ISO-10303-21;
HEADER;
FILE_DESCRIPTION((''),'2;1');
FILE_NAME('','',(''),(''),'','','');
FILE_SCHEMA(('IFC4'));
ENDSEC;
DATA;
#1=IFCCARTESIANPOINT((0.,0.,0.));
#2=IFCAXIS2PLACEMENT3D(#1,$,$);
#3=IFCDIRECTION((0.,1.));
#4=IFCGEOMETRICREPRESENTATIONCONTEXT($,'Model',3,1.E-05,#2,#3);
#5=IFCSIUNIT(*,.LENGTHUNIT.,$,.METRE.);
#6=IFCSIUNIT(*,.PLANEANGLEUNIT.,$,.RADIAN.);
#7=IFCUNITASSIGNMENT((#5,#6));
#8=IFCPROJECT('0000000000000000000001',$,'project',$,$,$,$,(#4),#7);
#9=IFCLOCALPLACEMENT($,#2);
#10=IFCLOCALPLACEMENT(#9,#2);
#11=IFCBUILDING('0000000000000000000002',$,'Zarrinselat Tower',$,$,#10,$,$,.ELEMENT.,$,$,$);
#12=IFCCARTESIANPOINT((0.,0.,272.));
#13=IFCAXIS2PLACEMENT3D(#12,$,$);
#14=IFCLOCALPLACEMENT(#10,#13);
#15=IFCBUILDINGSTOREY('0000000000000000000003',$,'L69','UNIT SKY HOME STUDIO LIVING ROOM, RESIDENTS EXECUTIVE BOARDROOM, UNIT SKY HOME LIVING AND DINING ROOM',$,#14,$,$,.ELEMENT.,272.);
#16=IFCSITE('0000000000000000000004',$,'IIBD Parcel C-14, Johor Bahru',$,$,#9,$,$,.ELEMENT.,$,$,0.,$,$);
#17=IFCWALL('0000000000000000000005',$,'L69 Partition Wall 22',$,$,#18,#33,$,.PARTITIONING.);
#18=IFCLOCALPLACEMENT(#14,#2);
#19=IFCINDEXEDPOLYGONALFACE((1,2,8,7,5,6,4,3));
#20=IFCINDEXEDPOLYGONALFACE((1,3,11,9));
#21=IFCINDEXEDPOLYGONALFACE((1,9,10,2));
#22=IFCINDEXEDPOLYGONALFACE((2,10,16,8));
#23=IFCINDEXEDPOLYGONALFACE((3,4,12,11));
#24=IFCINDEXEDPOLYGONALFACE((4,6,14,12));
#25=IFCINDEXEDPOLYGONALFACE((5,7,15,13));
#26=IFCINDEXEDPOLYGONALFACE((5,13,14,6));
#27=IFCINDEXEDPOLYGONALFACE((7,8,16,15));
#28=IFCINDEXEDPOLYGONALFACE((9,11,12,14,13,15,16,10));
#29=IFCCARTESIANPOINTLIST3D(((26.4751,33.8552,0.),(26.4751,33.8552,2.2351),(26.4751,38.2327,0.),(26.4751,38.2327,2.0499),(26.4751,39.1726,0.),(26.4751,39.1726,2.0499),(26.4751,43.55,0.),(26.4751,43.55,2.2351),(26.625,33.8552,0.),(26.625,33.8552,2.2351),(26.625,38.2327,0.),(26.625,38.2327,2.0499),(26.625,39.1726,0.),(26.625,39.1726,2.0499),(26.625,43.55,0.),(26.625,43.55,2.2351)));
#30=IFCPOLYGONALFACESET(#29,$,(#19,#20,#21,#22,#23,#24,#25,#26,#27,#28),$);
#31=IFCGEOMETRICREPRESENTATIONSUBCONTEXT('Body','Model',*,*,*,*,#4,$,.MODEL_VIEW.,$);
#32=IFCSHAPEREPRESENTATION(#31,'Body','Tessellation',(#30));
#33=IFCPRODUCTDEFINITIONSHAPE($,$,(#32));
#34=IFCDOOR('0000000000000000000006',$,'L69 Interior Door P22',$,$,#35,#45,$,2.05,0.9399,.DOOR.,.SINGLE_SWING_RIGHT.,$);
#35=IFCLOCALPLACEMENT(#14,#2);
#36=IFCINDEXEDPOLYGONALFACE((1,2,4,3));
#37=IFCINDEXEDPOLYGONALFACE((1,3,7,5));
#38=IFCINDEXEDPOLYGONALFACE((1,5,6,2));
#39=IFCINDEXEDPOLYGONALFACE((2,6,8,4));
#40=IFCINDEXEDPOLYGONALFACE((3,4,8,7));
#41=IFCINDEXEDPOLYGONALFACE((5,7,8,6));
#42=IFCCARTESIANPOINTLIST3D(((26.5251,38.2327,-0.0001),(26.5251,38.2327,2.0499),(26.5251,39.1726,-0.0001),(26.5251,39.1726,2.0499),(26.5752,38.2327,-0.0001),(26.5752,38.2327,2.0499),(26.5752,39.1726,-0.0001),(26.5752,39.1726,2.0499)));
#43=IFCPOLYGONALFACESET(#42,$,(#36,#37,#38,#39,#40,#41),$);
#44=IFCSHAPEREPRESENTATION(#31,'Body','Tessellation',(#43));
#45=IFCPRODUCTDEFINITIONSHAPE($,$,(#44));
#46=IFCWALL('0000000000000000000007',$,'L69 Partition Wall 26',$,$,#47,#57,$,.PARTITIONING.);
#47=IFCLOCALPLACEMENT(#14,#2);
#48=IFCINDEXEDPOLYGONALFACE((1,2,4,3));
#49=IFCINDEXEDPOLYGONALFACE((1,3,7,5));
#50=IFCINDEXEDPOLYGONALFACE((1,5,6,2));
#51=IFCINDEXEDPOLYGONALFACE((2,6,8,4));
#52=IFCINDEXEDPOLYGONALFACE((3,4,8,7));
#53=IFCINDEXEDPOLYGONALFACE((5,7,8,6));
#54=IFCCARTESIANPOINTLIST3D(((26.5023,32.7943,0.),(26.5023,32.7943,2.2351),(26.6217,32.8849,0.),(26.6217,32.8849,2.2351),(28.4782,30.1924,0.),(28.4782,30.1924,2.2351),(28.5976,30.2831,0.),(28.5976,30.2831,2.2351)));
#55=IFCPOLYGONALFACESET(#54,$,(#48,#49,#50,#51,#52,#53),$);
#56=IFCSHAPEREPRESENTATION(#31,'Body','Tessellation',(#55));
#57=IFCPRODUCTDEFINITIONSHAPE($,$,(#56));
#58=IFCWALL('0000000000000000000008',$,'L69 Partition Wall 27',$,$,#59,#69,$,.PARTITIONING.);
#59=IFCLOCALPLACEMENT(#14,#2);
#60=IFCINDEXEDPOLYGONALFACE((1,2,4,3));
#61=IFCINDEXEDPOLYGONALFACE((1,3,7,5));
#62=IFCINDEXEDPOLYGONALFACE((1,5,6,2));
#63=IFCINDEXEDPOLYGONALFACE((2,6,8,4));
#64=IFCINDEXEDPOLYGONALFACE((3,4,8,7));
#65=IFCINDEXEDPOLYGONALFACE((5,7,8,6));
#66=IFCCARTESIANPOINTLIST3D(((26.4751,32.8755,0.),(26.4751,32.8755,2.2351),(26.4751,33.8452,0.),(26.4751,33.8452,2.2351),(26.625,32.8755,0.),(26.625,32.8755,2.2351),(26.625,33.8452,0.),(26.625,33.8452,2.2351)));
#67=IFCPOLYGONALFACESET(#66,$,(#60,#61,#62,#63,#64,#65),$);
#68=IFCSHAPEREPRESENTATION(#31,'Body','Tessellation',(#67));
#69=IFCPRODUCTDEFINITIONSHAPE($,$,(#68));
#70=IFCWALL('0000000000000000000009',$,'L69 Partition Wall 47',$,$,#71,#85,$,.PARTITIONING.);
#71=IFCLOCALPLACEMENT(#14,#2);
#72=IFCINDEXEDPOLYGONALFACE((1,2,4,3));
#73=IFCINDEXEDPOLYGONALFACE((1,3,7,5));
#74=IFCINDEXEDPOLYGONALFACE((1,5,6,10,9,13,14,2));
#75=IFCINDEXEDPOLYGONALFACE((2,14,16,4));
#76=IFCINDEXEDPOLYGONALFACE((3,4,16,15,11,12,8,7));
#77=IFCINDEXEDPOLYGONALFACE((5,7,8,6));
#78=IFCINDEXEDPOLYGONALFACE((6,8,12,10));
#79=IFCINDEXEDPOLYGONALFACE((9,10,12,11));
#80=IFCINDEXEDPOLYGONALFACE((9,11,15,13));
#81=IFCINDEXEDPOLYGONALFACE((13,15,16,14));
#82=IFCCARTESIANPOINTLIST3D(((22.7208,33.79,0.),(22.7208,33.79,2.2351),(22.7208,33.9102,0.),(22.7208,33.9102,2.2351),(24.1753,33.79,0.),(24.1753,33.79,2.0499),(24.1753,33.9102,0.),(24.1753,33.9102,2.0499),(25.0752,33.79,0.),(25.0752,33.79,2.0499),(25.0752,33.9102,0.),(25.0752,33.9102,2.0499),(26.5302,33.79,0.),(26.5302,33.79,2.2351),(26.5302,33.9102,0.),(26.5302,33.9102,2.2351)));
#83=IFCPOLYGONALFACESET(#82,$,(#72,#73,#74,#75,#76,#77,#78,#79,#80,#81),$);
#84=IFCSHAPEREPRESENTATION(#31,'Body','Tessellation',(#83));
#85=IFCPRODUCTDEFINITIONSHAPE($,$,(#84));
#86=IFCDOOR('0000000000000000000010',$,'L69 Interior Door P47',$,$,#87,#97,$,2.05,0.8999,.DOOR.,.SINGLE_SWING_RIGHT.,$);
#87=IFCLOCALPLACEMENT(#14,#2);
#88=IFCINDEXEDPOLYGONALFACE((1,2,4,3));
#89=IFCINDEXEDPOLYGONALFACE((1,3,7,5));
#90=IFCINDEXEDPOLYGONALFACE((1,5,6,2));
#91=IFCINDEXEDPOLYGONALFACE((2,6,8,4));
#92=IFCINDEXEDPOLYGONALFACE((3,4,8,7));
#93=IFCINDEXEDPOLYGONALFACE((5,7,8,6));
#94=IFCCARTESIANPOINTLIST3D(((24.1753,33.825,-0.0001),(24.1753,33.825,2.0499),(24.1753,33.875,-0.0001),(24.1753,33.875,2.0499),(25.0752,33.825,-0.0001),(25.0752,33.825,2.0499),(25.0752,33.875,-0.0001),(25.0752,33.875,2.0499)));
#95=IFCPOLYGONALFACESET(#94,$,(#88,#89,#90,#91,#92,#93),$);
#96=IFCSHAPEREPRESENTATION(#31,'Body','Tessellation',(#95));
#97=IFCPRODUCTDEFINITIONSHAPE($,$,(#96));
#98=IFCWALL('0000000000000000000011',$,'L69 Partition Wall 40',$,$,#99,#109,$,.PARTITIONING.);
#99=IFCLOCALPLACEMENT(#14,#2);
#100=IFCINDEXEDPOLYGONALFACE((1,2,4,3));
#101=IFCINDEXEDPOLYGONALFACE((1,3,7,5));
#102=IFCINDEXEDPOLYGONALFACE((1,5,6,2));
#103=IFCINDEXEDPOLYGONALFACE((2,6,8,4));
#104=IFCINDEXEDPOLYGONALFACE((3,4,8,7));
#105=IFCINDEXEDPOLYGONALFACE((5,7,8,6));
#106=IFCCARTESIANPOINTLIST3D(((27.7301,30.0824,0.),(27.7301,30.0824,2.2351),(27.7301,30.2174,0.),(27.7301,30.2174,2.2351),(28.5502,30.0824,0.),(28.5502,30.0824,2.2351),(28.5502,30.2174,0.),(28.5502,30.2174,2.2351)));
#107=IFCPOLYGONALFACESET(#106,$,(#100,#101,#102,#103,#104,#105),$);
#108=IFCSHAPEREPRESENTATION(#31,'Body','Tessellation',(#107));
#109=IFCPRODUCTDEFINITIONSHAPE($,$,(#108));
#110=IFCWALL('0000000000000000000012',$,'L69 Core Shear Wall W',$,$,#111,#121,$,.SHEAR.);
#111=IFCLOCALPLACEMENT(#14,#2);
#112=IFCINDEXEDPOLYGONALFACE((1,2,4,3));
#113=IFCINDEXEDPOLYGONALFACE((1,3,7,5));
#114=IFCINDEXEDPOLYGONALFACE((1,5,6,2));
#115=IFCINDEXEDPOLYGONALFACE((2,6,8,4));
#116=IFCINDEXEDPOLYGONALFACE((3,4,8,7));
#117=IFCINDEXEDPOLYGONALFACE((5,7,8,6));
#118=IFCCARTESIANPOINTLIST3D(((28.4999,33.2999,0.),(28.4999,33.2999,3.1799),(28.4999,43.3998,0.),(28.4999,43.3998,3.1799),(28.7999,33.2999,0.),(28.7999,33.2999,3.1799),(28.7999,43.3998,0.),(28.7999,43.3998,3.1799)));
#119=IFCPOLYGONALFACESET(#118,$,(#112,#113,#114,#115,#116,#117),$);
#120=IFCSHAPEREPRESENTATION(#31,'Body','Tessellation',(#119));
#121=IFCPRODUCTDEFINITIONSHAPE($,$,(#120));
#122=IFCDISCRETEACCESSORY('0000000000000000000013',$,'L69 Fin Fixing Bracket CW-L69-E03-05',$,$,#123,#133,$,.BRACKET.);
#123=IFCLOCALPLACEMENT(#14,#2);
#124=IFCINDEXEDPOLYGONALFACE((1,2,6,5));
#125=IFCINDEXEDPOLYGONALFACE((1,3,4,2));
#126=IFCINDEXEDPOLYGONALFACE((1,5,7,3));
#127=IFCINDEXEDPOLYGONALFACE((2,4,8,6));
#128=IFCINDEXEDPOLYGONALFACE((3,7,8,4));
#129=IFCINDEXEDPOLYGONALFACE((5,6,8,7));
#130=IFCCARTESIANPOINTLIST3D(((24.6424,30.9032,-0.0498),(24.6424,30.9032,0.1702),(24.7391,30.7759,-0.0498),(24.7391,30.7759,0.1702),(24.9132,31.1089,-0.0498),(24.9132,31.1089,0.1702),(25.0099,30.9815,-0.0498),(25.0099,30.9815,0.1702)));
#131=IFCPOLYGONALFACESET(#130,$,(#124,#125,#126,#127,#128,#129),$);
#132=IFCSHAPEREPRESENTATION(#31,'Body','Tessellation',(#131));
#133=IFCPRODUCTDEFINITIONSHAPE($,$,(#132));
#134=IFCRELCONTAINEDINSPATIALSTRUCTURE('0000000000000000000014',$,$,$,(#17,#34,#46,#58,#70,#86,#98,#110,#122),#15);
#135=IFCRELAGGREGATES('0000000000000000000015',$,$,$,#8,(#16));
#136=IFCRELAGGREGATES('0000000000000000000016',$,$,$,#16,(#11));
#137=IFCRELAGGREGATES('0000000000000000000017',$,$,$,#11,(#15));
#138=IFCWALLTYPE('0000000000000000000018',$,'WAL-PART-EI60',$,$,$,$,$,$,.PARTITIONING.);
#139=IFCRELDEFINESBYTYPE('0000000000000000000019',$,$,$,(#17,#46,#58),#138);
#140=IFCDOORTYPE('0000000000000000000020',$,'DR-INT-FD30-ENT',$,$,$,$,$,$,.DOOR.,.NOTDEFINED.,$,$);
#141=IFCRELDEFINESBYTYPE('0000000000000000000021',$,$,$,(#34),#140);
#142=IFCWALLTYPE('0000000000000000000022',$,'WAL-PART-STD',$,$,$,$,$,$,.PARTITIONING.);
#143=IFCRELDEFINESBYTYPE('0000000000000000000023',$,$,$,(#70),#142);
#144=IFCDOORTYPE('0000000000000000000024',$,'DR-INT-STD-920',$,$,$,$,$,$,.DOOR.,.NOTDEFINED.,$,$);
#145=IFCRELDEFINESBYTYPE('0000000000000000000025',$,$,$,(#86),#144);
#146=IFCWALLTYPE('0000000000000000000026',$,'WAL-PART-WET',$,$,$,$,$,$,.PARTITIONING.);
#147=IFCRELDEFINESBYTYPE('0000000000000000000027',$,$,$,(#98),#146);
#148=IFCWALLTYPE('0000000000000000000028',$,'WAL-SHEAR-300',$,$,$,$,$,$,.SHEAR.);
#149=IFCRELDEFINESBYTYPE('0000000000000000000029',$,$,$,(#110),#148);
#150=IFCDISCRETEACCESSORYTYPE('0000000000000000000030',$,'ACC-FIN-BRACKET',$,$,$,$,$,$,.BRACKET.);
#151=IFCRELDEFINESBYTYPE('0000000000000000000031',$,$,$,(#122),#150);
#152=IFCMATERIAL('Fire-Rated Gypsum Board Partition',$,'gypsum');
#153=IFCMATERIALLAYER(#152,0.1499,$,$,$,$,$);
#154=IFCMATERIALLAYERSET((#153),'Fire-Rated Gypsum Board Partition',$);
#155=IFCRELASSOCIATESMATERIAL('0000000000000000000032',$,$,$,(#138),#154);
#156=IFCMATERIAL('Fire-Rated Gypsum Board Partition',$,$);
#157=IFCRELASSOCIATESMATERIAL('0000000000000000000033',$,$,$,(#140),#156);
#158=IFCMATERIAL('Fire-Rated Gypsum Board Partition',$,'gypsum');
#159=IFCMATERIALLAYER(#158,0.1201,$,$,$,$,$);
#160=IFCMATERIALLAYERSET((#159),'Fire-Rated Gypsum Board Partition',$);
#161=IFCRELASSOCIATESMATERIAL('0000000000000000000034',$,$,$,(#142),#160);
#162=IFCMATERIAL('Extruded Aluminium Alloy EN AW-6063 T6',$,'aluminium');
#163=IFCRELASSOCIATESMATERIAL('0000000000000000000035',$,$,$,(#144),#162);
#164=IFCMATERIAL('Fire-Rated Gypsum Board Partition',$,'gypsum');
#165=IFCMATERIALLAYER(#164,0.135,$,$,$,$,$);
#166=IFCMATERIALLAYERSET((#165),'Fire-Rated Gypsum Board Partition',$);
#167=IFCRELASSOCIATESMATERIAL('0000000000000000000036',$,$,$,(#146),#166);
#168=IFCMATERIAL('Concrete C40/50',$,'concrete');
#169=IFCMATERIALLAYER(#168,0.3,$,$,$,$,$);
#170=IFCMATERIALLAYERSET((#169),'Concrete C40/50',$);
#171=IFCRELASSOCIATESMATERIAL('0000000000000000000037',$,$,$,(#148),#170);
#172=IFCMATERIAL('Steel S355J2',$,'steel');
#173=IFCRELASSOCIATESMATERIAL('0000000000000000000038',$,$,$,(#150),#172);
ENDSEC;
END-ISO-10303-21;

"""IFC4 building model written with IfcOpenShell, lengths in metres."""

from ifc_helpers import new_model, si_unit, direction, frame, frame_2d, origin, origin_2d, place, context, subcontext, project, spatial, rectangle, extrude, material, layer, layer_set, type_object, element, fill, save


model = new_model("IFC4")

# Units and contexts
model_context = context("Model", 3, precision=1e-05, world=origin(), true_north=direction((0.0, 1.0)))
body_context = subcontext(model_context, "Body", "Model", "MODEL_VIEW")
ifc_project = project(units=[si_unit("LENGTHUNIT", "METRE"), si_unit("PLANEANGLEUNIT", "RADIAN")], contexts=[model_context])

# Site, building, storey
site_placement = place(None, origin())
site = spatial("IfcSite", under=ifc_project, at=site_placement, Name="IIBD Parcel C-14, Johor Bahru", CompositionType="ELEMENT", RefElevation=0.0)
building_placement = place(site_placement, origin())
building = spatial("IfcBuilding", under=site, at=building_placement, Name="Zarrinselat Tower", CompositionType="ELEMENT")
storey_placement = place(building_placement, frame((0.0, 0.0, 272.0)))
storey = spatial("IfcBuildingStorey", under=building, at=storey_placement, Name="L69", Description="UNIT SKY HOME STUDIO LIVING ROOM, RESIDENTS EXECUTIVE BOARDROOM, UNIT SKY HOME LIVING AND DINING ROOM", CompositionType="ELEMENT", Elevation=272.0)

# Shared definitions
ifc_material_1 = material(Name="Fire-Rated Gypsum Board Partition", Category="gypsum")
ifc_layer_1 = layer(ifc_material_1, 0.1499)
ifc_layer_set_1 = layer_set([ifc_layer_1], Name="Fire-Rated Gypsum Board Partition")
wall_type_1 = type_object("IfcWallType", Name="WAL-PART-EI60", PredefinedType="PARTITIONING", material=ifc_layer_set_1)
ifc_material_2 = material(Name="Fire-Rated Gypsum Board Partition")
door_type_1 = type_object("IfcDoorType", Name="DR-INT-FD30-ENT", OperationType="NOTDEFINED", PredefinedType="DOOR", material=ifc_material_2)

# Wall, opening, door
wall_1_placement = place(storey_placement, frame((26.55, 33.8552, 0.0), z_axis=(0.0, 0.0, 1.0), x_axis=(0.0, 1.0, 0.0)))
wall_1 = element("IfcWall", 1, at=wall_1_placement, inside=storey, type_object=wall_type_1, Name="L69 Partition Wall 22", PredefinedType="PARTITIONING", context=body_context, shape_type="SweptSolid", body=[
    extrude(rectangle(XDim=9.6948, YDim=0.1499, at=frame_2d((4.8474, 0.0))), origin(), (0.0, 0.0, 1.0), 2.2351),
])
opening_1_placement = place(wall_1_placement, frame((4.3774, 0.0, 0.0)))
opening_1 = element("IfcOpeningElement", 2, at=opening_1_placement, cuts=wall_1, PredefinedType="OPENING", context=body_context, shape_type="SweptSolid", body=[
    extrude(rectangle(XDim=0.9399, YDim=2.05, at=frame_2d((0.47, 1.0249))), frame((0.0, 0.085, 0.0), z_axis=(0.0, -1.0, 0.0), x_axis=(1.0, 0.0, 0.0)), (0.0, 0.0, 1.0), 0.1699),
])
door_1_placement = place(opening_1_placement, origin())
door_1 = element("IfcDoor", 3, at=door_1_placement, inside=storey, type_object=door_type_1, Name="L69 Interior Door P22", OperationType="SINGLE_SWING_RIGHT", OverallHeight=2.05, OverallWidth=0.9399, PredefinedType="DOOR", context=body_context, shape_type="SweptSolid", body=[
    extrude(rectangle(XDim=0.9399, YDim=2.05, at=frame_2d((0.47, 1.0249))), frame((0.0, 0.0249, 0.0), z_axis=(0.0, -1.0, 0.0), x_axis=(1.0, 0.0, 0.0)), (0.0, 0.0, 1.0), 0.05),
])
fill(opening_1, door_1)

# Walls
wall_2_placement = place(storey_placement, frame((26.562, 32.8396, 0.0), z_axis=(0.0, 0.0, 1.0), x_axis=(0.604784, -0.79639, 0.0)))
element("IfcWall", 4, at=wall_2_placement, inside=storey, type_object=wall_type_1, Name="L69 Partition Wall 26", PredefinedType="PARTITIONING", context=body_context, shape_type="SweptSolid", body=[
    extrude(rectangle(XDim=3.2671, YDim=0.1499, at=frame_2d((1.6335, 0.0))), origin(), (0.0, 0.0, 1.0), 2.2351),
])
wall_3_placement = place(storey_placement, frame((26.55, 32.8755, 0.0), z_axis=(0.0, 0.0, 1.0), x_axis=(0.0, 1.0, 0.0)))
element("IfcWall", 5, at=wall_3_placement, inside=storey, type_object=wall_type_1, Name="L69 Partition Wall 27", PredefinedType="PARTITIONING", context=body_context, shape_type="SweptSolid", body=[
    extrude(rectangle(XDim=0.9697, YDim=0.1499, at=frame_2d((0.4849, 0.0))), origin(), (0.0, 0.0, 1.0), 2.2351),
])

# Wall, opening, door
ifc_material_3 = material(Name="Fire-Rated Gypsum Board Partition", Category="gypsum")
ifc_layer_2 = layer(ifc_material_3, 0.1201)
ifc_layer_set_2 = layer_set([ifc_layer_2], Name="Fire-Rated Gypsum Board Partition")
wall_type_2 = type_object("IfcWallType", Name="WAL-PART-STD", PredefinedType="PARTITIONING", material=ifc_layer_set_2)
wall_4_placement = place(storey_placement, frame((22.7207, 33.8501, 0.0), z_axis=(0.0, 0.0, 1.0), x_axis=(1.0, 0.0, 0.0)))
wall_4 = element("IfcWall", 6, at=wall_4_placement, inside=storey, type_object=wall_type_2, Name="L69 Partition Wall 47", PredefinedType="PARTITIONING", context=body_context, shape_type="SweptSolid", body=[
    extrude(rectangle(XDim=3.8093, YDim=0.1201, at=frame_2d((1.9048, 0.0))), origin(), (0.0, 0.0, 1.0), 2.2351),
])
opening_2_placement = place(wall_4_placement, frame((1.4546, 0.0, 0.0)))
opening_2 = element("IfcOpeningElement", 7, at=opening_2_placement, cuts=wall_4, PredefinedType="OPENING", context=body_context, shape_type="SweptSolid", body=[
    extrude(rectangle(XDim=0.8999, YDim=2.05, at=frame_2d((0.45, 1.0249))), frame((0.0, 0.0701, 0.0), z_axis=(0.0, -1.0, 0.0), x_axis=(1.0, 0.0, 0.0)), (0.0, 0.0, 1.0), 0.1401),
])
ifc_material_4 = material(Name="Extruded Aluminium Alloy EN AW-6063 T6", Category="aluminium")
door_type_2 = type_object("IfcDoorType", Name="DR-INT-STD-920", OperationType="NOTDEFINED", PredefinedType="DOOR", material=ifc_material_4)
door_2_placement = place(opening_2_placement, origin())
door_2 = element("IfcDoor", 8, at=door_2_placement, inside=storey, type_object=door_type_2, Name="L69 Interior Door P47", OperationType="SINGLE_SWING_RIGHT", OverallHeight=2.05, OverallWidth=0.8999, PredefinedType="DOOR", context=body_context, shape_type="SweptSolid", body=[
    extrude(rectangle(XDim=0.8999, YDim=2.05, at=frame_2d((0.45, 1.0249))), frame((0.0, 0.0249, 0.0), z_axis=(0.0, -1.0, 0.0), x_axis=(1.0, 0.0, 0.0)), (0.0, 0.0, 1.0), 0.05),
])
fill(opening_2, door_2)

# Wall
ifc_material_5 = material(Name="Fire-Rated Gypsum Board Partition", Category="gypsum")
ifc_layer_3 = layer(ifc_material_5, 0.135)
ifc_layer_set_3 = layer_set([ifc_layer_3], Name="Fire-Rated Gypsum Board Partition")
wall_type_3 = type_object("IfcWallType", Name="WAL-PART-WET", PredefinedType="PARTITIONING", material=ifc_layer_set_3)
wall_5_placement = place(storey_placement, frame((27.73, 30.1499, 0.0), z_axis=(0.0, 0.0, 1.0), x_axis=(1.0, 0.0, 0.0)))
element("IfcWall", 9, at=wall_5_placement, inside=storey, type_object=wall_type_3, Name="L69 Partition Wall 40", PredefinedType="PARTITIONING", context=body_context, shape_type="SweptSolid", body=[
    extrude(rectangle(XDim=0.8201, YDim=0.135, at=frame_2d((0.4102, 0.0))), origin(), (0.0, 0.0, 1.0), 2.2351),
])

# Shared definitions
ifc_material_6 = material(Name="Concrete C40/50", Category="concrete")
ifc_layer_4 = layer(ifc_material_6, 0.3)
ifc_layer_set_4 = layer_set([ifc_layer_4], Name="Concrete C40/50")
wall_type_4 = type_object("IfcWallType", Name="WAL-SHEAR-300", PredefinedType="SHEAR", material=ifc_layer_set_4)

# Wall
wall_6_placement = place(storey_placement, frame((28.6499, 33.3, 0.0), z_axis=(0.0, 0.0, 1.0), x_axis=(0.0, 1.0, 0.0)))
element("IfcWall", 10, at=wall_6_placement, inside=storey, type_object=wall_type_4, Name="L69 Core Shear Wall W", PredefinedType="SHEAR", context=body_context, shape_type="SweptSolid", body=[
    extrude(rectangle(XDim=10.0999, YDim=0.3, at=frame_2d((5.0498, 0.0))), origin(), (0.0, 0.0, 1.0), 3.1799),
])

# Discrete accessory
ifc_material_7 = material(Name="Steel S355J2", Category="steel")
discrete_accessory_type = type_object("IfcDiscreteAccessoryType", Name="ACC-FIN-BRACKET", PredefinedType="BRACKET", material=ifc_material_7)
discrete_accessory_placement = place(storey_placement, frame((24.8262, 30.9424, -0.0498), z_axis=(0.0, 0.0, 1.0), x_axis=(-0.796387, -0.604788, 0.0)))
element("IfcDiscreteAccessory", 11, at=discrete_accessory_placement, inside=storey, type_object=discrete_accessory_type, Name="L69 Fin Fixing Bracket CW-L69-E03-05", PredefinedType="BRACKET", context=body_context, shape_type="SweptSolid", body=[
    extrude(rectangle(XDim=0.3401, YDim=0.1599, at=origin_2d()), origin(), (0.0, 0.0, 1.0), 0.22),
])

save(model, "model.ifc")
